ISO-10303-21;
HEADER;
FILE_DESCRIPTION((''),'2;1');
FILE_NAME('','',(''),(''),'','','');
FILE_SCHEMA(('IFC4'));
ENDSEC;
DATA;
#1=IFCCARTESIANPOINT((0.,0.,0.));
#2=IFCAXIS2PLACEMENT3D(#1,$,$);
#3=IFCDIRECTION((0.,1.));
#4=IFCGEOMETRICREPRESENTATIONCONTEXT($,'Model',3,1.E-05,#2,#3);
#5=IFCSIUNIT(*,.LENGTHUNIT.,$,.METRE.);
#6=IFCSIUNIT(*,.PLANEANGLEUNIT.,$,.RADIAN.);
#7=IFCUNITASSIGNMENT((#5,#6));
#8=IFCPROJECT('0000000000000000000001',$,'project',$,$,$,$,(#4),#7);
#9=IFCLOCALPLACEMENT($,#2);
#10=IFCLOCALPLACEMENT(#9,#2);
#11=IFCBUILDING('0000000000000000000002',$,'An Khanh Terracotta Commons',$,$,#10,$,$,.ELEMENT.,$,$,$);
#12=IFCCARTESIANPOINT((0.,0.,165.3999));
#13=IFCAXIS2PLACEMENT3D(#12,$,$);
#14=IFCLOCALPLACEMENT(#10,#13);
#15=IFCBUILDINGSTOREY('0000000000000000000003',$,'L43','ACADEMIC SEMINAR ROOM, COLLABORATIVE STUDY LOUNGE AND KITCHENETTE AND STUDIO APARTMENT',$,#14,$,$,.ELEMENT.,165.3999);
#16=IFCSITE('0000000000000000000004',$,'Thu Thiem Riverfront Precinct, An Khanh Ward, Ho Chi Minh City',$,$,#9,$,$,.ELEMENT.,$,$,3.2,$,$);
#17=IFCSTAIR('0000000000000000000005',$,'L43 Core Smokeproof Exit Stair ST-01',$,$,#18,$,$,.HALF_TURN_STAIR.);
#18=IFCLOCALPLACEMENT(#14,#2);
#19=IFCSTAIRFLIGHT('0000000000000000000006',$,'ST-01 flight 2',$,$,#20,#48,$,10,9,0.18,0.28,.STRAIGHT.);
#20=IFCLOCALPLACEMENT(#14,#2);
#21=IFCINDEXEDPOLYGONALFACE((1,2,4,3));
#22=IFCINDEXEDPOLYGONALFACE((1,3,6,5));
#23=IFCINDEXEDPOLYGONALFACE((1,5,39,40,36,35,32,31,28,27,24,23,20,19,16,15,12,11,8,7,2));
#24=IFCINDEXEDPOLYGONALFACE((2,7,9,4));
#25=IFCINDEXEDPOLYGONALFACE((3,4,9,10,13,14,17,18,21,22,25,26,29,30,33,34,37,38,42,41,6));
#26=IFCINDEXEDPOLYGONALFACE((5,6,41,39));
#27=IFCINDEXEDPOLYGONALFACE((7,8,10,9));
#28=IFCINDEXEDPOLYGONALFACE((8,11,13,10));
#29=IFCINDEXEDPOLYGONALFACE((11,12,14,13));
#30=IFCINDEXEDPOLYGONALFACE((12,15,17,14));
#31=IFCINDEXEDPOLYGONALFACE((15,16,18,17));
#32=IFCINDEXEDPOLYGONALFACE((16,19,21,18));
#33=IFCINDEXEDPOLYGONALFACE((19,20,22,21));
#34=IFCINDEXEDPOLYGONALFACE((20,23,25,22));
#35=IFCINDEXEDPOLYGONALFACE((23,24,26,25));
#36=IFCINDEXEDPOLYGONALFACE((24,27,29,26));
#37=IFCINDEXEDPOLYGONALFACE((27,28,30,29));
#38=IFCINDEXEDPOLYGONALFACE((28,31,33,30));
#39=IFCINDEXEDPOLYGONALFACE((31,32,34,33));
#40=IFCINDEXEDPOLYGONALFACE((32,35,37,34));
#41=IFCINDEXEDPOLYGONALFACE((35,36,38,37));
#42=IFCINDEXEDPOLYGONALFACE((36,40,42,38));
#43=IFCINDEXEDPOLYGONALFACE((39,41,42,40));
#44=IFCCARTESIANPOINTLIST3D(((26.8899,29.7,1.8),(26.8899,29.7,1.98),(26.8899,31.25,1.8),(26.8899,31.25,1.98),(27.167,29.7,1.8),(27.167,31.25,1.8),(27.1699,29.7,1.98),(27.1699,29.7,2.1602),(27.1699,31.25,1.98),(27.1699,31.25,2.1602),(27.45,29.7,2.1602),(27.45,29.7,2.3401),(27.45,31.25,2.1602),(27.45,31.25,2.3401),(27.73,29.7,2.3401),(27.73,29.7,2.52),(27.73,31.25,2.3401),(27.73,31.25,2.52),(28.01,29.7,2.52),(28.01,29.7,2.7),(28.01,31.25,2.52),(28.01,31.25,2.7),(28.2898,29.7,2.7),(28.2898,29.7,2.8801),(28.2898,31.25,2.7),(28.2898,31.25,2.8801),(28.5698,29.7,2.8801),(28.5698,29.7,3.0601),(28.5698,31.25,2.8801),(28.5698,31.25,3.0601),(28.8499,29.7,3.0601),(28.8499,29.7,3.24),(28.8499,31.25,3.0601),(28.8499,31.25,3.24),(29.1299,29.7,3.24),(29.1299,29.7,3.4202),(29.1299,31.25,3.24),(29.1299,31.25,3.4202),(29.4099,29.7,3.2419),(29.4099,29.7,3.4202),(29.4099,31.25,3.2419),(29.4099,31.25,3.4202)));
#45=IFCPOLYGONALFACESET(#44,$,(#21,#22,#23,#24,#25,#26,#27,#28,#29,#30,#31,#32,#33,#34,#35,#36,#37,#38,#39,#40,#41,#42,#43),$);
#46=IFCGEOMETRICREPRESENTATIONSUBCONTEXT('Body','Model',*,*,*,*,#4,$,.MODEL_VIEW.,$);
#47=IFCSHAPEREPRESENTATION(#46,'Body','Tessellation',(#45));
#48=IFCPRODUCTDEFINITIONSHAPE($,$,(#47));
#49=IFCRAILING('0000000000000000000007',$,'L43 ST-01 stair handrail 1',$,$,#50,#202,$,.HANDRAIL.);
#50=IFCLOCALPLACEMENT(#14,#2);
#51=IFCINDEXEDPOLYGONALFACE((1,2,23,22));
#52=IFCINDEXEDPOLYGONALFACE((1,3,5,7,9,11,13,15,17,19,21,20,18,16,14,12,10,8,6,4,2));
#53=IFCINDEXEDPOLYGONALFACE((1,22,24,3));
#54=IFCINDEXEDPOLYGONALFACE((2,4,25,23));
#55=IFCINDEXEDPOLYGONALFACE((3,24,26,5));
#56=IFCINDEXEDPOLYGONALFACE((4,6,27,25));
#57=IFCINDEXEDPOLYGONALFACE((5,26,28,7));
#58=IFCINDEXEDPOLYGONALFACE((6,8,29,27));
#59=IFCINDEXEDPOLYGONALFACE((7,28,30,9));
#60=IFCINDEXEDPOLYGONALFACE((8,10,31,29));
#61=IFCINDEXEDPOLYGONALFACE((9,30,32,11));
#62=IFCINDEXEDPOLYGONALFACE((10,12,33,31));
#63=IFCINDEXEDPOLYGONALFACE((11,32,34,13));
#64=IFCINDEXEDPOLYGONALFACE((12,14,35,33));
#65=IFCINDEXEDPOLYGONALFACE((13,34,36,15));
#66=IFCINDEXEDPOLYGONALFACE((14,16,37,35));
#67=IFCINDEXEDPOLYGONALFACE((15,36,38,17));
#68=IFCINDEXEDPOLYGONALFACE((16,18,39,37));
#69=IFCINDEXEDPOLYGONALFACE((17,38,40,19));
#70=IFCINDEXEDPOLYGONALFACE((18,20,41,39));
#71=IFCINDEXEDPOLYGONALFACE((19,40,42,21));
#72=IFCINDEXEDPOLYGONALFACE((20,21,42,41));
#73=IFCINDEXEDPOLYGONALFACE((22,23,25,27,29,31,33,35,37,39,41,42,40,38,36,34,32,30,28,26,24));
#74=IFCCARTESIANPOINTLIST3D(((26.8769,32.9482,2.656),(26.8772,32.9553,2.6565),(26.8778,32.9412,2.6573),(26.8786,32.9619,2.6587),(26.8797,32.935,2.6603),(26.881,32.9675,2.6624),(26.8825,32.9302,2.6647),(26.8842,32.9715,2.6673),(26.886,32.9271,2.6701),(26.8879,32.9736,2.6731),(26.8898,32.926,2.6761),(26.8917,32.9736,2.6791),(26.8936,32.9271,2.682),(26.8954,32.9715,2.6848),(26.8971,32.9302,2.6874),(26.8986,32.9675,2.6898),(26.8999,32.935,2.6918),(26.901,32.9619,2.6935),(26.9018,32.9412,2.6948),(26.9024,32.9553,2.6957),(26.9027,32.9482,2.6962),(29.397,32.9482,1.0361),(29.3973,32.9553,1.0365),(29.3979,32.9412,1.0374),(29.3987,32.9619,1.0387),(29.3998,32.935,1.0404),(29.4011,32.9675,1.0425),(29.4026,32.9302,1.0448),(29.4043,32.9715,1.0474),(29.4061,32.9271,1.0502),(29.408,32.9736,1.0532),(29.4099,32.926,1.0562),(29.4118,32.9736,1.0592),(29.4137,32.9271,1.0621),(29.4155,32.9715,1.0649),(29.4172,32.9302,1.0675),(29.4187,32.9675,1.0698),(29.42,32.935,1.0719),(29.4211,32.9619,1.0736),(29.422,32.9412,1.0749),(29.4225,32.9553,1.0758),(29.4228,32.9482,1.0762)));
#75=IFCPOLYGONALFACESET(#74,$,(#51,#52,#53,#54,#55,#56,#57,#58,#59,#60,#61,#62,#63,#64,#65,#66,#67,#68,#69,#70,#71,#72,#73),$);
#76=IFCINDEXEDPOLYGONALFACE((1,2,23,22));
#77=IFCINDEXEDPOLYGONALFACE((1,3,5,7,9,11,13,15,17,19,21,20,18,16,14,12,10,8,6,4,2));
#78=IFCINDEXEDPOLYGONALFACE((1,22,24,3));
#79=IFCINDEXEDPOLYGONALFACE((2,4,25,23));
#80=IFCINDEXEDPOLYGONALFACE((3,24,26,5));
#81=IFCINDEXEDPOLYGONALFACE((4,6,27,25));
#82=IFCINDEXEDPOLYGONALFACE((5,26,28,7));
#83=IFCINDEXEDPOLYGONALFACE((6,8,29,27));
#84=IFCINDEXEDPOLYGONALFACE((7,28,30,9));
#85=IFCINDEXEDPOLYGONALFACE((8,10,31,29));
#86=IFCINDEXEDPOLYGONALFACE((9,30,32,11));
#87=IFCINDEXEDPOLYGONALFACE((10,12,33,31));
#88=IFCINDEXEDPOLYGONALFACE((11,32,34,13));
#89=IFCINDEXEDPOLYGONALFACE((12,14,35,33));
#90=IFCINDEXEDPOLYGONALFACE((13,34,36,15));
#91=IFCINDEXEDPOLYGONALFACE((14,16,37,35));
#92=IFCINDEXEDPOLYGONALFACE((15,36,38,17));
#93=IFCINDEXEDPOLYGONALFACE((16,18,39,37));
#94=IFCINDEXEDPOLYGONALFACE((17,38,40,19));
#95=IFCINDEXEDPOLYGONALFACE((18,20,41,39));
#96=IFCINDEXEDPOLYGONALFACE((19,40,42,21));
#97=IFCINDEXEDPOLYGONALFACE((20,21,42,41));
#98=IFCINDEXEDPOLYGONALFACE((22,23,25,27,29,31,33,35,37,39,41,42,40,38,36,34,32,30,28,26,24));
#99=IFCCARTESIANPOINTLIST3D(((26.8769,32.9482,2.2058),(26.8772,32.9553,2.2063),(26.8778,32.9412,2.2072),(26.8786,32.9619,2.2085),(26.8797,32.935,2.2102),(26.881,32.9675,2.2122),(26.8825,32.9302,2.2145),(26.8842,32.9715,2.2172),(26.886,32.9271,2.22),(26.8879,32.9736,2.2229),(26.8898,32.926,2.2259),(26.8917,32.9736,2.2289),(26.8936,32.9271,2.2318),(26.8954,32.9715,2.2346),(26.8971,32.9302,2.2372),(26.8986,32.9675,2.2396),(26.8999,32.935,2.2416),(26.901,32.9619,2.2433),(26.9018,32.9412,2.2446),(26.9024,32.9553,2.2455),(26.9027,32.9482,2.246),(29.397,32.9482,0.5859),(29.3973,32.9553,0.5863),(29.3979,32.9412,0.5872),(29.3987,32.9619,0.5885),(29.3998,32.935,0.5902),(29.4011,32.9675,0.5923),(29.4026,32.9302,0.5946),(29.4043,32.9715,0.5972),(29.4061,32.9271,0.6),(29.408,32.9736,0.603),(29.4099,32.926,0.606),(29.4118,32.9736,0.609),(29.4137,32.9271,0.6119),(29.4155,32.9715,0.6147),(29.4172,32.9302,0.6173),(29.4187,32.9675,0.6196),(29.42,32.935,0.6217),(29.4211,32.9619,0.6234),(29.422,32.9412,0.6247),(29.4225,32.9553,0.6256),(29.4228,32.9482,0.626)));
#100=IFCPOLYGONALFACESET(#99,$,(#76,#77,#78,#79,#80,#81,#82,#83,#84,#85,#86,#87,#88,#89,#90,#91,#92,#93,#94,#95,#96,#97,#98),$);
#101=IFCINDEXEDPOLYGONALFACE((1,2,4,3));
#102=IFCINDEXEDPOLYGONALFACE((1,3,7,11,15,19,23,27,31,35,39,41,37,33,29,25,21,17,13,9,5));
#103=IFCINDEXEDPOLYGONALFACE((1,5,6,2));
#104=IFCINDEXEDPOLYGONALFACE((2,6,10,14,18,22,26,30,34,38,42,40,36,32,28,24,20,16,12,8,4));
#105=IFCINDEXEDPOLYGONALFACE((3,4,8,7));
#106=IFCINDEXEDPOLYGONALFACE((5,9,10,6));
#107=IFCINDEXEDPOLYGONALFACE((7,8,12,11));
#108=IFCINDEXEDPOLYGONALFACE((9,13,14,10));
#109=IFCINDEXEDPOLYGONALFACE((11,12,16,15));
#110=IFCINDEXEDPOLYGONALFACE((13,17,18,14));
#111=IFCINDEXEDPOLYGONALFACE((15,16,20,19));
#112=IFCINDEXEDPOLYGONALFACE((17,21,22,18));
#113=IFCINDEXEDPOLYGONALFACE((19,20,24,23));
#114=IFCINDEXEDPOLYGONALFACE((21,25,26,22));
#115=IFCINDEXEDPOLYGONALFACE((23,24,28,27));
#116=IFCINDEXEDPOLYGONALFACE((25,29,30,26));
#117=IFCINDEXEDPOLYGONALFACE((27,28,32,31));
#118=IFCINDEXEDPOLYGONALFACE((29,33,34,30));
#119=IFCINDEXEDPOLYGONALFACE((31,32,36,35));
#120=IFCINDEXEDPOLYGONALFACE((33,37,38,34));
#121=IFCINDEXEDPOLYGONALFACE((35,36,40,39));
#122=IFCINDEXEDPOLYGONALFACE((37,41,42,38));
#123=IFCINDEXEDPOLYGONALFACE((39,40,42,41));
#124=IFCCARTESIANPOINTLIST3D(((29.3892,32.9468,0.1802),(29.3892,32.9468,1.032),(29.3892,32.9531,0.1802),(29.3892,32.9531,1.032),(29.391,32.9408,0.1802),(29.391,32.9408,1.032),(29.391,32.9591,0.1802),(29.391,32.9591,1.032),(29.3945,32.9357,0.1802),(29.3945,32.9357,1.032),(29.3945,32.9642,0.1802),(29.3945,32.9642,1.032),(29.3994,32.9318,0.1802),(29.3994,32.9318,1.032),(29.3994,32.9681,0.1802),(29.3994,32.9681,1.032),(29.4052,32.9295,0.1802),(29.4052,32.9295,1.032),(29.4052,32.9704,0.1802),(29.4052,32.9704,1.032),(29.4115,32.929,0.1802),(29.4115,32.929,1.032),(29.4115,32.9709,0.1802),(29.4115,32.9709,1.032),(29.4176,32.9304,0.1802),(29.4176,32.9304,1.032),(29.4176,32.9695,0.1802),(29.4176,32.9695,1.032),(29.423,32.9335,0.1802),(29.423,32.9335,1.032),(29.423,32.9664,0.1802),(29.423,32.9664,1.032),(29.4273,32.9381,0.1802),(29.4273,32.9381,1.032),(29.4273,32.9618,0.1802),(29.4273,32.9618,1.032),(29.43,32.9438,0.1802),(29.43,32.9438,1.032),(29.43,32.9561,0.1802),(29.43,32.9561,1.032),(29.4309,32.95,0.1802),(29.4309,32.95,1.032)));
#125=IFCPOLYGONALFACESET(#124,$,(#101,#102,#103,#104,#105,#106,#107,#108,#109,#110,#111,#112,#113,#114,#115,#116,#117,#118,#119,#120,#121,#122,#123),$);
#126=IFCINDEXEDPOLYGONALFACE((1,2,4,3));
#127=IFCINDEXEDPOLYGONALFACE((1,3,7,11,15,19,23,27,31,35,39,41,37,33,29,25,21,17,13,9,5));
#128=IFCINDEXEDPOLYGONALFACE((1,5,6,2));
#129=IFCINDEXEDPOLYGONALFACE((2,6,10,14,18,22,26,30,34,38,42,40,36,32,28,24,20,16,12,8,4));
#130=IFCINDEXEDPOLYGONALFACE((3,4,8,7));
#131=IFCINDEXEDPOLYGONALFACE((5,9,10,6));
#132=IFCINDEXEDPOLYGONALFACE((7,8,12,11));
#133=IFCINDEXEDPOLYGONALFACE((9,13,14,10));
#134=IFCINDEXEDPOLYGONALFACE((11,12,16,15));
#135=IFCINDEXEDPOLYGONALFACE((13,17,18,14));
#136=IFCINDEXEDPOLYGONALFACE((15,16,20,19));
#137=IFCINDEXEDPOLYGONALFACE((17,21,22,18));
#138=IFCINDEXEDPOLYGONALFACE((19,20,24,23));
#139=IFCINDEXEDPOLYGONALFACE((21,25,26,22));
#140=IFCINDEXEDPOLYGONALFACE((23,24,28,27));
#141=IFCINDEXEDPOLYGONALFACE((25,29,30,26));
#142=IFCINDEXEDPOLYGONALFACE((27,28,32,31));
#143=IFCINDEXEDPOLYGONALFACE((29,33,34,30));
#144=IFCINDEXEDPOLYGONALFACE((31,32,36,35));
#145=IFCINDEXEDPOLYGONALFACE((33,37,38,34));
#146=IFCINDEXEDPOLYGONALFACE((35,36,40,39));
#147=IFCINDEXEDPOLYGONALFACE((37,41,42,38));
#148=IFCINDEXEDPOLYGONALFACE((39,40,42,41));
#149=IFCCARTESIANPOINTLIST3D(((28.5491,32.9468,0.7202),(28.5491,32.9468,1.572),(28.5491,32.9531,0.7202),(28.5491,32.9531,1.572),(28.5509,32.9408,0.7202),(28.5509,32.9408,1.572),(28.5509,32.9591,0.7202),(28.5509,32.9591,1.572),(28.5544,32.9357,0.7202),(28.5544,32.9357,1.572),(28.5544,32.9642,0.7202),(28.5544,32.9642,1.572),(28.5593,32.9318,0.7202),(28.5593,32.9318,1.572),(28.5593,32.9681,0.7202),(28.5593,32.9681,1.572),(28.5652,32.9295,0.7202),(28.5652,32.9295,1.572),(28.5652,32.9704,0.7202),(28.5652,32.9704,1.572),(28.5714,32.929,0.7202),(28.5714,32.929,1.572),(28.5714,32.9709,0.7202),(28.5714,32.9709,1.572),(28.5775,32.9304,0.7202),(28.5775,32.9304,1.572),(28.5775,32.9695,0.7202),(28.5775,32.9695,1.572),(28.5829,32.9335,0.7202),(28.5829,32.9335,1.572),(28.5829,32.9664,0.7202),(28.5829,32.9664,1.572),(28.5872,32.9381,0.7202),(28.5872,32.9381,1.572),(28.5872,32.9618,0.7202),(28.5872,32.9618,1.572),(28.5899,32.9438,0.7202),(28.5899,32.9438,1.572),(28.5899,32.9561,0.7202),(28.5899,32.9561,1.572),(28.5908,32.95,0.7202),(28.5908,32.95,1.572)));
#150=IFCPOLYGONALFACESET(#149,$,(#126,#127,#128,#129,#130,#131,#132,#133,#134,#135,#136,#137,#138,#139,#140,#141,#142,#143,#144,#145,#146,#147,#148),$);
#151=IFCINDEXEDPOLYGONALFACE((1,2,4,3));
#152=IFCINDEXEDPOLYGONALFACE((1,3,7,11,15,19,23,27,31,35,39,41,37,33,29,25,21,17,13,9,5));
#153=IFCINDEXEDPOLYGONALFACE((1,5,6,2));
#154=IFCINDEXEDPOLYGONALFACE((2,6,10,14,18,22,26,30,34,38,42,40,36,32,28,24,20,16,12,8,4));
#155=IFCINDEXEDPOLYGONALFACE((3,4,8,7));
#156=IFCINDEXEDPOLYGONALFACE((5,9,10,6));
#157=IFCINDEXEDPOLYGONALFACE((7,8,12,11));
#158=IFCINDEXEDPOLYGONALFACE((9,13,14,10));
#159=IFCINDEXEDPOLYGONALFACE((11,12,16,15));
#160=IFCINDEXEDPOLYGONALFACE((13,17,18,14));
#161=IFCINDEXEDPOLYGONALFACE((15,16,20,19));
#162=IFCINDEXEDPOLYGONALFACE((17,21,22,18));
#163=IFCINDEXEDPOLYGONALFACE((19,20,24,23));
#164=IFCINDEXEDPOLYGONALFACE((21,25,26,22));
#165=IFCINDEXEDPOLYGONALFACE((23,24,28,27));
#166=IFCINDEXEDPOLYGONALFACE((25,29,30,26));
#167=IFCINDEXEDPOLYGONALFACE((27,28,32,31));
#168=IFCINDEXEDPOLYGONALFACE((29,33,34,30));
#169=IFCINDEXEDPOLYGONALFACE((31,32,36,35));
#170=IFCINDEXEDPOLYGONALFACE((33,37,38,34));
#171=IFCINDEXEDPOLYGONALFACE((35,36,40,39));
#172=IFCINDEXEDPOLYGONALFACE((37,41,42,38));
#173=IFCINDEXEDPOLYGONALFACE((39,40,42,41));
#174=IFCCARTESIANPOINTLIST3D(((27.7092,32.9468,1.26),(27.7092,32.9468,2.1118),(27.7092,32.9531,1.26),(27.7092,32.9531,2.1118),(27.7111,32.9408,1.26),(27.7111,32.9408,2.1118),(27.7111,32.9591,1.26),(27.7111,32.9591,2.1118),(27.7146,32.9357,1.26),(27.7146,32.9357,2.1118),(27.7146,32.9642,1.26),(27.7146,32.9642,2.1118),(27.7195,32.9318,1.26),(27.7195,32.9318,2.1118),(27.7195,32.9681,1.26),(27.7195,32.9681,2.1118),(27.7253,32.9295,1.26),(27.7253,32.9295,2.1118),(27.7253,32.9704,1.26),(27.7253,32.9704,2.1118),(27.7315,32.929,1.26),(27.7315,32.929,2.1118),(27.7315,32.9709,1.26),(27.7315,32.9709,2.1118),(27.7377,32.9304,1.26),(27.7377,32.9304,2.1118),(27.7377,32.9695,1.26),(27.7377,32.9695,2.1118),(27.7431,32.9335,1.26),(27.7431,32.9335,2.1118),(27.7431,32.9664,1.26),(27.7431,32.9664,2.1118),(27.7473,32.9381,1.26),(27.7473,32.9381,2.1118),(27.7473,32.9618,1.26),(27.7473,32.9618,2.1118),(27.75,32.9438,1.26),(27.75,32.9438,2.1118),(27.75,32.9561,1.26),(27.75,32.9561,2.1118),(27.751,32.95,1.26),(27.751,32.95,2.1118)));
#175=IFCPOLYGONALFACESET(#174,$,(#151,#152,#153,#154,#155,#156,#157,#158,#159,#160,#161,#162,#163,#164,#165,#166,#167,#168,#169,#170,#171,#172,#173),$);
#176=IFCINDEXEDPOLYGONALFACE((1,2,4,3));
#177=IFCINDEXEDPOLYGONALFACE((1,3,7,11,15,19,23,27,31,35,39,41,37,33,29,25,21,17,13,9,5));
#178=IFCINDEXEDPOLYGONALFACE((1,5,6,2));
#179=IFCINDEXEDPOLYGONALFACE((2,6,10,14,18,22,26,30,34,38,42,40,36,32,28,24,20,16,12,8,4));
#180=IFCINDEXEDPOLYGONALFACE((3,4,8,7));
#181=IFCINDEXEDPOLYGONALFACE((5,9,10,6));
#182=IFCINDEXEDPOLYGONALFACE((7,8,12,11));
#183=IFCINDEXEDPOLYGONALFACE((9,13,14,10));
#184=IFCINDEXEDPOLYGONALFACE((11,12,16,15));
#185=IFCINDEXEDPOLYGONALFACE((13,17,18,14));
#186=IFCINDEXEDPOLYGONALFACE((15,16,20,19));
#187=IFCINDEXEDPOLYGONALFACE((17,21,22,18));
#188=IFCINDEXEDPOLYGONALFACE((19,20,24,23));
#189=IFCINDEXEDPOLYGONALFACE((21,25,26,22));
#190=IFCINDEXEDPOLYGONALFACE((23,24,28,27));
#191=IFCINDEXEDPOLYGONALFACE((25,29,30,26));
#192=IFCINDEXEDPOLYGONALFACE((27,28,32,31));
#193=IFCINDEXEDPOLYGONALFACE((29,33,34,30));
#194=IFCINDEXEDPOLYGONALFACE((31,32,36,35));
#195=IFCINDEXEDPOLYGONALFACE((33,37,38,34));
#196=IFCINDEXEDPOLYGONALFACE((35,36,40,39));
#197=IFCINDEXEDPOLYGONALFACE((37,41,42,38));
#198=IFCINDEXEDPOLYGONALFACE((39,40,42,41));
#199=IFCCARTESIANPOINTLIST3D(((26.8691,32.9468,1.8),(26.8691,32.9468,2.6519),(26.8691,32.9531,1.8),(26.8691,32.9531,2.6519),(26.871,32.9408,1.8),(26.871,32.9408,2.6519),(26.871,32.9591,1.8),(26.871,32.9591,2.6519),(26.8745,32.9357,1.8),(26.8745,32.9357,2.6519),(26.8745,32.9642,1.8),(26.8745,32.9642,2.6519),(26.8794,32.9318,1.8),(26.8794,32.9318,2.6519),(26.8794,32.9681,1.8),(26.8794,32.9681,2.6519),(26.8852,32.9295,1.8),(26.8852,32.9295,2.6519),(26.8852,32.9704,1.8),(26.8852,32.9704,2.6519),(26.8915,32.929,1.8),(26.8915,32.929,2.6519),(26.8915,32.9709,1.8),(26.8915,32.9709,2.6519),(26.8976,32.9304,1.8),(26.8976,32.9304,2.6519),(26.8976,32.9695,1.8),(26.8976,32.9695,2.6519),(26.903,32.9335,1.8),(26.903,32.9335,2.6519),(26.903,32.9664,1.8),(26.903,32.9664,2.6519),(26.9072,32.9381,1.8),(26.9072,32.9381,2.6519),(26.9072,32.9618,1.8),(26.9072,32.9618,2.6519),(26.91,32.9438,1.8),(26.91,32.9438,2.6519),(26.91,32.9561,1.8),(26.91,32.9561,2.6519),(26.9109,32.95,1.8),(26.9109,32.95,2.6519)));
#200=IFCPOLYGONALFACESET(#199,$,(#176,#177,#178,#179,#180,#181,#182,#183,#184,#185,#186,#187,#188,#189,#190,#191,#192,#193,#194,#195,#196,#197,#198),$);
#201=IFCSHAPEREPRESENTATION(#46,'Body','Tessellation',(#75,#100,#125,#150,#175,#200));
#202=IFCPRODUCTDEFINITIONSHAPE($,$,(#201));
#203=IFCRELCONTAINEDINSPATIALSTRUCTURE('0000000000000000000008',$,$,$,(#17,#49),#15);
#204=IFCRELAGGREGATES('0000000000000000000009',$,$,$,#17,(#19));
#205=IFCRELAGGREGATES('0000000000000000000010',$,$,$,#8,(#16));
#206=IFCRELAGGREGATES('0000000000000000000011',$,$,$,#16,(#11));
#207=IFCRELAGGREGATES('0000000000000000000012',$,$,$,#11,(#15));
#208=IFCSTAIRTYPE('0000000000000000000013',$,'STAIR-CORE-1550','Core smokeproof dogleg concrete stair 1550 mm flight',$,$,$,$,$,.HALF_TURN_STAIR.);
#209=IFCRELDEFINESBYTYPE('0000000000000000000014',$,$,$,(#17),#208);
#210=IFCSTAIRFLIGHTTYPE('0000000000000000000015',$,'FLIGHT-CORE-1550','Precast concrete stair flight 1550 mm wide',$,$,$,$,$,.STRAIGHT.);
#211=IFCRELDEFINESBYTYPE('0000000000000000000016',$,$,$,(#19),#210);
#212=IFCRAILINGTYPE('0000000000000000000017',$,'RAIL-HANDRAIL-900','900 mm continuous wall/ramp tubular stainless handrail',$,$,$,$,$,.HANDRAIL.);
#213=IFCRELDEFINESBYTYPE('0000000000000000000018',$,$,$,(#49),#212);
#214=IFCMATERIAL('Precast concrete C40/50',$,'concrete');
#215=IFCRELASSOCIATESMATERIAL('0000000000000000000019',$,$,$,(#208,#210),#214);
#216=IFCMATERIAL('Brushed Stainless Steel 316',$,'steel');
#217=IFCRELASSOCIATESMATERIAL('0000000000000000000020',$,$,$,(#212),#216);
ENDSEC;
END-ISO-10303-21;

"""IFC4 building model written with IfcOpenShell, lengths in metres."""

from ifc_helpers import new_model, si_unit, direction, frame, origin, origin_2d, place, context, subcontext, project, spatial, polyline, circle, outline, extrude, material, type_object, element, aggregate, save


model = new_model("IFC4")

# Units and contexts
model_context = context("Model", 3, precision=1e-05, world=origin(), true_north=direction((0.0, 1.0)))
body_context = subcontext(model_context, "Body", "Model", "MODEL_VIEW")
ifc_project = project(units=[si_unit("LENGTHUNIT", "METRE"), si_unit("PLANEANGLEUNIT", "RADIAN")], contexts=[model_context])

# Site, building, storey
site_placement = place(None, origin())
site = spatial("IfcSite", under=ifc_project, at=site_placement, Name="Thu Thiem Riverfront Precinct, An Khanh Ward, Ho Chi Minh City", CompositionType="ELEMENT", RefElevation=3.2)
building_placement = place(site_placement, origin())
building = spatial("IfcBuilding", under=site, at=building_placement, Name="An Khanh Terracotta Commons", CompositionType="ELEMENT")
storey_placement = place(building_placement, frame((0.0, 0.0, 165.3999)))
storey = spatial("IfcBuildingStorey", under=building, at=storey_placement, Name="L43", Description="ACADEMIC SEMINAR ROOM, COLLABORATIVE STUDY LOUNGE AND KITCHENETTE AND STUDIO APARTMENT", CompositionType="ELEMENT", Elevation=165.3999)

# Stair, stair flight
ifc_material_1 = material(Name="Precast concrete C40/50", Category="concrete")
stair_type = type_object("IfcStairType", Name="STAIR-CORE-1550", Description="Core smokeproof dogleg concrete stair 1550 mm flight", PredefinedType="HALF_TURN_STAIR", material=ifc_material_1)
stair_placement = place(storey_placement, origin())
stair = element("IfcStair", 1, at=stair_placement, inside=storey, type_object=stair_type, Name="L43 Core Smokeproof Exit Stair ST-01", PredefinedType="HALF_TURN_STAIR")
stair_flight_type = type_object("IfcStairFlightType", Name="FLIGHT-CORE-1550", Description="Precast concrete stair flight 1550 mm wide", PredefinedType="STRAIGHT", material=ifc_material_1)
stair_flight_1_placement = place(storey_placement, frame((26.8899, 30.4751, 1.8), z_axis=(0.0, 0.0, 1.0), x_axis=(1.0, 0.0, 0.0)))
stair_flight_1 = element("IfcStairFlight", 2, at=stair_flight_1_placement, type_object=stair_flight_type, Name="ST-01 flight 2", NumberOfRisers=10, NumberOfTreads=9, PredefinedType="STRAIGHT", RiserHeight=0.18, TreadLength=0.28, context=body_context, shape_type="SweptSolid", body=[
    extrude(outline(polyline([(0.0, 0.0), (0.0, 0.1799), (0.28, 0.1799), (0.28, 0.3601), (0.5601, 0.3601), (0.5601, 0.54), (0.8401, 0.54), (0.8401, 0.72), (1.1201, 0.72), (1.1201, 0.8999), (1.3999, 0.8999), (1.3999, 1.0801), (1.6799, 1.0801), (1.6799, 1.26), (1.96, 1.26), (1.96, 1.4399), (2.24, 1.4399), (2.24, 1.6201), (2.52, 1.6201), (2.52, 1.8), (2.52, 1.4419), (0.2771, 0.0), (0.0, 0.0)])), frame((0.0, 0.7749, 0.0), z_axis=(0.0, -1.0, 0.0), x_axis=(1.0, 0.0, 0.0)), (0.0, 0.0, 1.0), 1.55),
])
aggregate(stair, [stair_flight_1])

# Railing
ifc_material_2 = material(Name="Brushed Stainless Steel 316", Category="steel")
railing_type_1 = type_object("IfcRailingType", Name="RAIL-HANDRAIL-900", Description="900 mm continuous wall/ramp tubular stainless handrail", PredefinedType="HANDRAIL", material=ifc_material_2)
railing_1_placement = place(storey_placement, frame((29.4099, 32.95, 0.1802)))
element("IfcRailing", 3, at=railing_1_placement, inside=storey, type_object=railing_type_1, Name="L43 ST-01 stair handrail 1", PredefinedType="HANDRAIL", context=body_context, shape_type="SweptSolid", body=[
    extrude(circle(Radius=0.0239, at=origin_2d()), frame((0.0, 0.0, 0.876), z_axis=(-0.8412, 0.0, 0.540725), x_axis=(0.0, -1.0, 0.0)), (0.0, 0.0, 1.0), 2.9958),
    extrude(circle(Radius=0.0239, at=origin_2d()), frame((0.0, 0.0, 0.4258), z_axis=(-0.8412, 0.0, 0.540725), x_axis=(0.0, -1.0, 0.0)), (0.0, 0.0, 1.0), 2.9958),
    extrude(circle(Radius=0.021, at=origin_2d()), origin(), (0.0, 0.0, 1.0), 0.8518),
    extrude(circle(Radius=0.021, at=origin_2d()), frame((-0.8401, 0.0, 0.54)), (0.0, 0.0, 1.0), 0.8518),
    extrude(circle(Radius=0.021, at=origin_2d()), frame((-1.6799, 0.0, 1.0798)), (0.0, 0.0, 1.0), 0.8518),
    extrude(circle(Radius=0.021, at=origin_2d()), frame((-2.52, 0.0, 1.6199)), (0.0, 0.0, 1.0), 0.8518),
])

save(model, "model.ifc")
